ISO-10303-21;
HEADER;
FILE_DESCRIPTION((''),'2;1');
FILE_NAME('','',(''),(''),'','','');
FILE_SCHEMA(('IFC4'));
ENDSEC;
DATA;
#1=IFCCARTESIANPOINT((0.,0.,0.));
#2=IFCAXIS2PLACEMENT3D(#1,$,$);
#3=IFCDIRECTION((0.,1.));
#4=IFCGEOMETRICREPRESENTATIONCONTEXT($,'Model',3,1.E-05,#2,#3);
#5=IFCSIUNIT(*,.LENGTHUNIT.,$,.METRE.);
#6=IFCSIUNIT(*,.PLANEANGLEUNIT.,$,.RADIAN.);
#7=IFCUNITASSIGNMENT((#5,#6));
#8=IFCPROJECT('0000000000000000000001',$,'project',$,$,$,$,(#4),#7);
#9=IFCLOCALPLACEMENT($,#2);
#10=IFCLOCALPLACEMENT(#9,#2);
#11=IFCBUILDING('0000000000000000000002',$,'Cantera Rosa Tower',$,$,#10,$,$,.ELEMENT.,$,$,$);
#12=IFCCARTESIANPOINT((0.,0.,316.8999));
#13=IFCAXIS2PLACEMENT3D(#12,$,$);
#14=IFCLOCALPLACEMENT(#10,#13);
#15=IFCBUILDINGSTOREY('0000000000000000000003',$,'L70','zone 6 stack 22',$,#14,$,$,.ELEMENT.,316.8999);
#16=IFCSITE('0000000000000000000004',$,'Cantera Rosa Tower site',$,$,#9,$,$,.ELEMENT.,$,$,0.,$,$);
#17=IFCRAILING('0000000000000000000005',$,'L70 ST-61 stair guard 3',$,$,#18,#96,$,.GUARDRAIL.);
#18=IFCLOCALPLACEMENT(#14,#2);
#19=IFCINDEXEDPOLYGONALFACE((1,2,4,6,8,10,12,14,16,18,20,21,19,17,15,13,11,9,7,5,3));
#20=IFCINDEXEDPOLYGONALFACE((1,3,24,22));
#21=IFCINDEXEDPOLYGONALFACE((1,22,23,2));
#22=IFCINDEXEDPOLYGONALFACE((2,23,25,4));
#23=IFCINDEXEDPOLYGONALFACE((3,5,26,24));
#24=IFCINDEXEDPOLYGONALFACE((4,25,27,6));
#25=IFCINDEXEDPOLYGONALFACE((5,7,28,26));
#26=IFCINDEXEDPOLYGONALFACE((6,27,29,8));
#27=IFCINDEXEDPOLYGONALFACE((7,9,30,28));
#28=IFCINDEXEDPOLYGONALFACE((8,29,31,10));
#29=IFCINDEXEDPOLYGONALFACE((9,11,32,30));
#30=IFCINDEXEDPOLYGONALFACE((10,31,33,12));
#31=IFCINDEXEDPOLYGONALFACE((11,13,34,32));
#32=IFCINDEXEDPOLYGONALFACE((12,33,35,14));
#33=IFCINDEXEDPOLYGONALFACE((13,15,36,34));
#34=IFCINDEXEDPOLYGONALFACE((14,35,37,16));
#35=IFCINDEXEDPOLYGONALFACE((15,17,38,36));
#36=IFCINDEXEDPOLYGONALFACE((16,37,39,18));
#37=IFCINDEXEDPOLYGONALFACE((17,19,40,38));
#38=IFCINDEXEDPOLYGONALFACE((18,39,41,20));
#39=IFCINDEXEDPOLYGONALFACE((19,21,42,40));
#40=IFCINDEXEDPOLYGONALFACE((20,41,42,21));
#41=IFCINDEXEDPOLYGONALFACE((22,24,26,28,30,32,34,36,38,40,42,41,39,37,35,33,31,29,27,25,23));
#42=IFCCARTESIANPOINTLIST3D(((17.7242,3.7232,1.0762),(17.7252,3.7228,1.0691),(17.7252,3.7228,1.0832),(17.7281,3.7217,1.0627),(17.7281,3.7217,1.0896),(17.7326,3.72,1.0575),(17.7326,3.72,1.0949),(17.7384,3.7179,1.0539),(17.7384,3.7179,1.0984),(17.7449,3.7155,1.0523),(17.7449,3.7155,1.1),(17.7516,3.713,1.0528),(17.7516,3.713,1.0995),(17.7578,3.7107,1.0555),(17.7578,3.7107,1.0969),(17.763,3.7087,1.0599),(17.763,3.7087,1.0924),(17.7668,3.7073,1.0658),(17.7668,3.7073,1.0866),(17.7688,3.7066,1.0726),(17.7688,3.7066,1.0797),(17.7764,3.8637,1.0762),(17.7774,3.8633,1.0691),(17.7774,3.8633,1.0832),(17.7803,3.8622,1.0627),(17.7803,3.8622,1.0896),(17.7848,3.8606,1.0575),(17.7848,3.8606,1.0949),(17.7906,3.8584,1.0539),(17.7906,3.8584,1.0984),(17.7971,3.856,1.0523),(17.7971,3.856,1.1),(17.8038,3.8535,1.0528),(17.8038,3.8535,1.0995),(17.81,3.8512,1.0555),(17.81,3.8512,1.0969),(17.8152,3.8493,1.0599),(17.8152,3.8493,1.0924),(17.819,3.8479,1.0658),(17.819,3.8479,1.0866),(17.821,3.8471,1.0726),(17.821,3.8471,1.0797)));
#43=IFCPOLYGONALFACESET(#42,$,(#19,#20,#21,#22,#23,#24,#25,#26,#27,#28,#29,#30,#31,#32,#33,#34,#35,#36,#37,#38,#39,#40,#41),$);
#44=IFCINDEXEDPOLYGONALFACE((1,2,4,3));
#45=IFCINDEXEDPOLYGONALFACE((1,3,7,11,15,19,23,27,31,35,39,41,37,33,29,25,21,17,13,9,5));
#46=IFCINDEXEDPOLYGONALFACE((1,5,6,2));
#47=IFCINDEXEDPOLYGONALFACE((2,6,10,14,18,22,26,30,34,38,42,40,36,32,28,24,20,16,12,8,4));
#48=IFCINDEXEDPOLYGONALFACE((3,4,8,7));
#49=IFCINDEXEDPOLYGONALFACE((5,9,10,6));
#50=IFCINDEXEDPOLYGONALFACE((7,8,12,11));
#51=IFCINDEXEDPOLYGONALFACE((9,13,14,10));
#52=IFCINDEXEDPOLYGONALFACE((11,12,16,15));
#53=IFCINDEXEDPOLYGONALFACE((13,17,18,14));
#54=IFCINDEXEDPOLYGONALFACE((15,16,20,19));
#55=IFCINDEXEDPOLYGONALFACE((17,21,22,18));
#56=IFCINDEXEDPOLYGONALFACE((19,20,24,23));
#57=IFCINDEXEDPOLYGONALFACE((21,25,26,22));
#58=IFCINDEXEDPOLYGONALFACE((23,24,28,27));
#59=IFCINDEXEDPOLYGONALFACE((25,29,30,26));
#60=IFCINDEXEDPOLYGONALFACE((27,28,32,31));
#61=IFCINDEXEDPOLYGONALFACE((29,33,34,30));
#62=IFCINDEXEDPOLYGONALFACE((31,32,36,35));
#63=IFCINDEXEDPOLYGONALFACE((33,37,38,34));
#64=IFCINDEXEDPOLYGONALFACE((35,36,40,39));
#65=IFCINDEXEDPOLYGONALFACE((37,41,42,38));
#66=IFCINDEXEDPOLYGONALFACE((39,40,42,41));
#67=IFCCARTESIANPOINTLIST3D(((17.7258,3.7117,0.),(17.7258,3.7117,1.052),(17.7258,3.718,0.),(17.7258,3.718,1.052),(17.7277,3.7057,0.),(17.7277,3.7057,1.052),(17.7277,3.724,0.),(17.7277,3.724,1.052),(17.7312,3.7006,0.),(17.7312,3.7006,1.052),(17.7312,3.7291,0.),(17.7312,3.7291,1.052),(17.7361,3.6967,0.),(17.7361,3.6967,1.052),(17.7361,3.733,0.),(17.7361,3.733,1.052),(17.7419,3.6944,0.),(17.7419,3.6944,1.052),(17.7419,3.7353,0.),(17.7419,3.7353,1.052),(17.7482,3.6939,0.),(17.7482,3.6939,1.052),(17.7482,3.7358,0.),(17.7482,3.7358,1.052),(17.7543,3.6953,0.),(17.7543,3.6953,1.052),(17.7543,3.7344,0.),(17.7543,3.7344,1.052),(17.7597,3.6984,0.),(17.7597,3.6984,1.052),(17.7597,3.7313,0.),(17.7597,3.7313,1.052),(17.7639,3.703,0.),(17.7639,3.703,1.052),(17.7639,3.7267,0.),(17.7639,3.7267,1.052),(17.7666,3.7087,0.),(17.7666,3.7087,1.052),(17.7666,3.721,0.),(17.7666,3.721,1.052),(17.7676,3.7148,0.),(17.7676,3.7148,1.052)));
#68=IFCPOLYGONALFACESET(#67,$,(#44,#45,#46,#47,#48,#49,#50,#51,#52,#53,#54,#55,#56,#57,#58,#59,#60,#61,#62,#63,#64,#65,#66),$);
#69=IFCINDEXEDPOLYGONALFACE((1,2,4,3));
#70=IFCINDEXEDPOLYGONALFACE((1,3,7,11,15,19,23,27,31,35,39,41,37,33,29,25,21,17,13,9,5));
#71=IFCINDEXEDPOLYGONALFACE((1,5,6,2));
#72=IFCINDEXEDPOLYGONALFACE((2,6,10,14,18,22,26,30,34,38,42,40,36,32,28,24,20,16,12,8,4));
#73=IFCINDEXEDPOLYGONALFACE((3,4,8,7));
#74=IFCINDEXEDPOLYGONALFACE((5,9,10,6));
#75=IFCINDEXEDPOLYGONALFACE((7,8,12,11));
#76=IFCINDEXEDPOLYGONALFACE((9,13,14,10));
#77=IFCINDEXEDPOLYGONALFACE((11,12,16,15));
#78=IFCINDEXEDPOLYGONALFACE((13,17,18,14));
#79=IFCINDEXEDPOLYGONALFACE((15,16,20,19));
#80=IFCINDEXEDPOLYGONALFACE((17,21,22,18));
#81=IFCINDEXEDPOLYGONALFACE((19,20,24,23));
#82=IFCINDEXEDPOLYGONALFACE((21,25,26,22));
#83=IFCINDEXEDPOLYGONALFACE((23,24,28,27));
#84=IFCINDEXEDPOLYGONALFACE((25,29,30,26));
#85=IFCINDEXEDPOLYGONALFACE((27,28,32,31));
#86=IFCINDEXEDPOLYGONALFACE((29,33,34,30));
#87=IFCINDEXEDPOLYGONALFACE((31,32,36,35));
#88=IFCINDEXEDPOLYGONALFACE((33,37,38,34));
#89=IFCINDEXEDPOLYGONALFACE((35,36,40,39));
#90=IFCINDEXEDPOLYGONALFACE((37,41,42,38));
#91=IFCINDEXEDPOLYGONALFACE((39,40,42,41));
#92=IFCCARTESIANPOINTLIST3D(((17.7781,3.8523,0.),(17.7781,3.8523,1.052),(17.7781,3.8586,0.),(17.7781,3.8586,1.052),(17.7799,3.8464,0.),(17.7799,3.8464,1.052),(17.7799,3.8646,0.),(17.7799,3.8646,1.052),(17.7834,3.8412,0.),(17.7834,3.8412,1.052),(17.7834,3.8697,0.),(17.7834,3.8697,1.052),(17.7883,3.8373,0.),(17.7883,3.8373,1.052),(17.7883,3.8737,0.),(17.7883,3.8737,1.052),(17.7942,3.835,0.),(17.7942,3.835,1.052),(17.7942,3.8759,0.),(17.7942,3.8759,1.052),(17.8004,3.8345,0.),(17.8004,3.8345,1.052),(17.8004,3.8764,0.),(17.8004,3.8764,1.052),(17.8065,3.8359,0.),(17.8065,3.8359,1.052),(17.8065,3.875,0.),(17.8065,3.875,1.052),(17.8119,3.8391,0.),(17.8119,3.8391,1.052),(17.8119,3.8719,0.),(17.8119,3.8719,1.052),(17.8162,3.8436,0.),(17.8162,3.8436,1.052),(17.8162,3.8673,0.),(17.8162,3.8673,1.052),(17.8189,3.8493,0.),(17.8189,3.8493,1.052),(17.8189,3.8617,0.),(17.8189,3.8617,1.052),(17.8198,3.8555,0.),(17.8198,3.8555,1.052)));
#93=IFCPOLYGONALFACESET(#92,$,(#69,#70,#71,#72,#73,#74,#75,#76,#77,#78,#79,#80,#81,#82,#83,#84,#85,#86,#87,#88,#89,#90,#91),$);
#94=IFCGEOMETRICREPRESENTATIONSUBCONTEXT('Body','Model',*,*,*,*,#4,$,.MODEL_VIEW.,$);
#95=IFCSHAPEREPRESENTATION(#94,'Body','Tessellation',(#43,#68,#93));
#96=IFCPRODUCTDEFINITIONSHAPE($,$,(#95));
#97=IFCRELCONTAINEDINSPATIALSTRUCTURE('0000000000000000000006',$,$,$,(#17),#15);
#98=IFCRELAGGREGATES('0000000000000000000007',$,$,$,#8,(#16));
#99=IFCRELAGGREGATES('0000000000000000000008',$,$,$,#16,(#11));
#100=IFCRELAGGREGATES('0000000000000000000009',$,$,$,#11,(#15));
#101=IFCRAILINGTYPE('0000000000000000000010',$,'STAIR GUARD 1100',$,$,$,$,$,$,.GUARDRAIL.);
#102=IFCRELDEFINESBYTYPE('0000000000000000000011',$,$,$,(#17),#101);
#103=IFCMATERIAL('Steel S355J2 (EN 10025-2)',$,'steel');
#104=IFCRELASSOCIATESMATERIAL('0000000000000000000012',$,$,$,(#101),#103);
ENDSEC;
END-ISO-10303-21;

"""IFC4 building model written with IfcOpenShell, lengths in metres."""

from ifc_helpers import new_model, si_unit, direction, frame, origin, origin_2d, place, context, subcontext, project, spatial, circle, extrude, material, type_object, element, save


model = new_model("IFC4")

# Units and contexts
model_context = context("Model", 3, precision=1e-05, world=origin(), true_north=direction((0.0, 1.0)))
body_context = subcontext(model_context, "Body", "Model", "MODEL_VIEW")
ifc_project = project(units=[si_unit("LENGTHUNIT", "METRE"), si_unit("PLANEANGLEUNIT", "RADIAN")], contexts=[model_context])

# Site, building, storey
site_placement = place(None, origin())
site = spatial("IfcSite", under=ifc_project, at=site_placement, Name="Cantera Rosa Tower site", CompositionType="ELEMENT", RefElevation=0.0)
building_placement = place(site_placement, origin())
building = spatial("IfcBuilding", under=site, at=building_placement, Name="Cantera Rosa Tower", CompositionType="ELEMENT")
storey_placement = place(building_placement, frame((0.0, 0.0, 316.8999)))
storey = spatial("IfcBuildingStorey", under=building, at=storey_placement, Name="L70", Description="zone 6 stack 22", CompositionType="ELEMENT", Elevation=316.8999)

# Railing
ifc_material_1 = material(Name="Steel S355J2 (EN 10025-2)", Category="steel")
railing_type_1 = type_object("IfcRailingType", Name="STAIR GUARD 1100", PredefinedType="GUARDRAIL", material=ifc_material_1)
railing_1_placement = place(storey_placement, frame((17.7466, 3.7148, 0.0)))
element("IfcRailing", 1, at=railing_1_placement, inside=storey, type_object=railing_type_1, Name="L70 ST-61 stair guard 3", PredefinedType="GUARDRAIL", context=body_context, shape_type="SweptSolid", body=[
    extrude(circle(Radius=0.0239, at=origin_2d()), frame((0.0, 0.0, 1.0762), z_axis=(0.348268, 0.937395, 0.0), x_axis=(-0.937395, 0.348268, 0.0)), (0.0, 0.0, 1.0), 0.1499),
    extrude(circle(Radius=0.021, at=origin_2d()), origin(), (0.0, 0.0, 1.0), 1.052),
    extrude(circle(Radius=0.021, at=origin_2d()), frame((0.0522, 0.1406, 0.0)), (0.0, 0.0, 1.0), 1.052),
])

save(model, "model.ifc")
